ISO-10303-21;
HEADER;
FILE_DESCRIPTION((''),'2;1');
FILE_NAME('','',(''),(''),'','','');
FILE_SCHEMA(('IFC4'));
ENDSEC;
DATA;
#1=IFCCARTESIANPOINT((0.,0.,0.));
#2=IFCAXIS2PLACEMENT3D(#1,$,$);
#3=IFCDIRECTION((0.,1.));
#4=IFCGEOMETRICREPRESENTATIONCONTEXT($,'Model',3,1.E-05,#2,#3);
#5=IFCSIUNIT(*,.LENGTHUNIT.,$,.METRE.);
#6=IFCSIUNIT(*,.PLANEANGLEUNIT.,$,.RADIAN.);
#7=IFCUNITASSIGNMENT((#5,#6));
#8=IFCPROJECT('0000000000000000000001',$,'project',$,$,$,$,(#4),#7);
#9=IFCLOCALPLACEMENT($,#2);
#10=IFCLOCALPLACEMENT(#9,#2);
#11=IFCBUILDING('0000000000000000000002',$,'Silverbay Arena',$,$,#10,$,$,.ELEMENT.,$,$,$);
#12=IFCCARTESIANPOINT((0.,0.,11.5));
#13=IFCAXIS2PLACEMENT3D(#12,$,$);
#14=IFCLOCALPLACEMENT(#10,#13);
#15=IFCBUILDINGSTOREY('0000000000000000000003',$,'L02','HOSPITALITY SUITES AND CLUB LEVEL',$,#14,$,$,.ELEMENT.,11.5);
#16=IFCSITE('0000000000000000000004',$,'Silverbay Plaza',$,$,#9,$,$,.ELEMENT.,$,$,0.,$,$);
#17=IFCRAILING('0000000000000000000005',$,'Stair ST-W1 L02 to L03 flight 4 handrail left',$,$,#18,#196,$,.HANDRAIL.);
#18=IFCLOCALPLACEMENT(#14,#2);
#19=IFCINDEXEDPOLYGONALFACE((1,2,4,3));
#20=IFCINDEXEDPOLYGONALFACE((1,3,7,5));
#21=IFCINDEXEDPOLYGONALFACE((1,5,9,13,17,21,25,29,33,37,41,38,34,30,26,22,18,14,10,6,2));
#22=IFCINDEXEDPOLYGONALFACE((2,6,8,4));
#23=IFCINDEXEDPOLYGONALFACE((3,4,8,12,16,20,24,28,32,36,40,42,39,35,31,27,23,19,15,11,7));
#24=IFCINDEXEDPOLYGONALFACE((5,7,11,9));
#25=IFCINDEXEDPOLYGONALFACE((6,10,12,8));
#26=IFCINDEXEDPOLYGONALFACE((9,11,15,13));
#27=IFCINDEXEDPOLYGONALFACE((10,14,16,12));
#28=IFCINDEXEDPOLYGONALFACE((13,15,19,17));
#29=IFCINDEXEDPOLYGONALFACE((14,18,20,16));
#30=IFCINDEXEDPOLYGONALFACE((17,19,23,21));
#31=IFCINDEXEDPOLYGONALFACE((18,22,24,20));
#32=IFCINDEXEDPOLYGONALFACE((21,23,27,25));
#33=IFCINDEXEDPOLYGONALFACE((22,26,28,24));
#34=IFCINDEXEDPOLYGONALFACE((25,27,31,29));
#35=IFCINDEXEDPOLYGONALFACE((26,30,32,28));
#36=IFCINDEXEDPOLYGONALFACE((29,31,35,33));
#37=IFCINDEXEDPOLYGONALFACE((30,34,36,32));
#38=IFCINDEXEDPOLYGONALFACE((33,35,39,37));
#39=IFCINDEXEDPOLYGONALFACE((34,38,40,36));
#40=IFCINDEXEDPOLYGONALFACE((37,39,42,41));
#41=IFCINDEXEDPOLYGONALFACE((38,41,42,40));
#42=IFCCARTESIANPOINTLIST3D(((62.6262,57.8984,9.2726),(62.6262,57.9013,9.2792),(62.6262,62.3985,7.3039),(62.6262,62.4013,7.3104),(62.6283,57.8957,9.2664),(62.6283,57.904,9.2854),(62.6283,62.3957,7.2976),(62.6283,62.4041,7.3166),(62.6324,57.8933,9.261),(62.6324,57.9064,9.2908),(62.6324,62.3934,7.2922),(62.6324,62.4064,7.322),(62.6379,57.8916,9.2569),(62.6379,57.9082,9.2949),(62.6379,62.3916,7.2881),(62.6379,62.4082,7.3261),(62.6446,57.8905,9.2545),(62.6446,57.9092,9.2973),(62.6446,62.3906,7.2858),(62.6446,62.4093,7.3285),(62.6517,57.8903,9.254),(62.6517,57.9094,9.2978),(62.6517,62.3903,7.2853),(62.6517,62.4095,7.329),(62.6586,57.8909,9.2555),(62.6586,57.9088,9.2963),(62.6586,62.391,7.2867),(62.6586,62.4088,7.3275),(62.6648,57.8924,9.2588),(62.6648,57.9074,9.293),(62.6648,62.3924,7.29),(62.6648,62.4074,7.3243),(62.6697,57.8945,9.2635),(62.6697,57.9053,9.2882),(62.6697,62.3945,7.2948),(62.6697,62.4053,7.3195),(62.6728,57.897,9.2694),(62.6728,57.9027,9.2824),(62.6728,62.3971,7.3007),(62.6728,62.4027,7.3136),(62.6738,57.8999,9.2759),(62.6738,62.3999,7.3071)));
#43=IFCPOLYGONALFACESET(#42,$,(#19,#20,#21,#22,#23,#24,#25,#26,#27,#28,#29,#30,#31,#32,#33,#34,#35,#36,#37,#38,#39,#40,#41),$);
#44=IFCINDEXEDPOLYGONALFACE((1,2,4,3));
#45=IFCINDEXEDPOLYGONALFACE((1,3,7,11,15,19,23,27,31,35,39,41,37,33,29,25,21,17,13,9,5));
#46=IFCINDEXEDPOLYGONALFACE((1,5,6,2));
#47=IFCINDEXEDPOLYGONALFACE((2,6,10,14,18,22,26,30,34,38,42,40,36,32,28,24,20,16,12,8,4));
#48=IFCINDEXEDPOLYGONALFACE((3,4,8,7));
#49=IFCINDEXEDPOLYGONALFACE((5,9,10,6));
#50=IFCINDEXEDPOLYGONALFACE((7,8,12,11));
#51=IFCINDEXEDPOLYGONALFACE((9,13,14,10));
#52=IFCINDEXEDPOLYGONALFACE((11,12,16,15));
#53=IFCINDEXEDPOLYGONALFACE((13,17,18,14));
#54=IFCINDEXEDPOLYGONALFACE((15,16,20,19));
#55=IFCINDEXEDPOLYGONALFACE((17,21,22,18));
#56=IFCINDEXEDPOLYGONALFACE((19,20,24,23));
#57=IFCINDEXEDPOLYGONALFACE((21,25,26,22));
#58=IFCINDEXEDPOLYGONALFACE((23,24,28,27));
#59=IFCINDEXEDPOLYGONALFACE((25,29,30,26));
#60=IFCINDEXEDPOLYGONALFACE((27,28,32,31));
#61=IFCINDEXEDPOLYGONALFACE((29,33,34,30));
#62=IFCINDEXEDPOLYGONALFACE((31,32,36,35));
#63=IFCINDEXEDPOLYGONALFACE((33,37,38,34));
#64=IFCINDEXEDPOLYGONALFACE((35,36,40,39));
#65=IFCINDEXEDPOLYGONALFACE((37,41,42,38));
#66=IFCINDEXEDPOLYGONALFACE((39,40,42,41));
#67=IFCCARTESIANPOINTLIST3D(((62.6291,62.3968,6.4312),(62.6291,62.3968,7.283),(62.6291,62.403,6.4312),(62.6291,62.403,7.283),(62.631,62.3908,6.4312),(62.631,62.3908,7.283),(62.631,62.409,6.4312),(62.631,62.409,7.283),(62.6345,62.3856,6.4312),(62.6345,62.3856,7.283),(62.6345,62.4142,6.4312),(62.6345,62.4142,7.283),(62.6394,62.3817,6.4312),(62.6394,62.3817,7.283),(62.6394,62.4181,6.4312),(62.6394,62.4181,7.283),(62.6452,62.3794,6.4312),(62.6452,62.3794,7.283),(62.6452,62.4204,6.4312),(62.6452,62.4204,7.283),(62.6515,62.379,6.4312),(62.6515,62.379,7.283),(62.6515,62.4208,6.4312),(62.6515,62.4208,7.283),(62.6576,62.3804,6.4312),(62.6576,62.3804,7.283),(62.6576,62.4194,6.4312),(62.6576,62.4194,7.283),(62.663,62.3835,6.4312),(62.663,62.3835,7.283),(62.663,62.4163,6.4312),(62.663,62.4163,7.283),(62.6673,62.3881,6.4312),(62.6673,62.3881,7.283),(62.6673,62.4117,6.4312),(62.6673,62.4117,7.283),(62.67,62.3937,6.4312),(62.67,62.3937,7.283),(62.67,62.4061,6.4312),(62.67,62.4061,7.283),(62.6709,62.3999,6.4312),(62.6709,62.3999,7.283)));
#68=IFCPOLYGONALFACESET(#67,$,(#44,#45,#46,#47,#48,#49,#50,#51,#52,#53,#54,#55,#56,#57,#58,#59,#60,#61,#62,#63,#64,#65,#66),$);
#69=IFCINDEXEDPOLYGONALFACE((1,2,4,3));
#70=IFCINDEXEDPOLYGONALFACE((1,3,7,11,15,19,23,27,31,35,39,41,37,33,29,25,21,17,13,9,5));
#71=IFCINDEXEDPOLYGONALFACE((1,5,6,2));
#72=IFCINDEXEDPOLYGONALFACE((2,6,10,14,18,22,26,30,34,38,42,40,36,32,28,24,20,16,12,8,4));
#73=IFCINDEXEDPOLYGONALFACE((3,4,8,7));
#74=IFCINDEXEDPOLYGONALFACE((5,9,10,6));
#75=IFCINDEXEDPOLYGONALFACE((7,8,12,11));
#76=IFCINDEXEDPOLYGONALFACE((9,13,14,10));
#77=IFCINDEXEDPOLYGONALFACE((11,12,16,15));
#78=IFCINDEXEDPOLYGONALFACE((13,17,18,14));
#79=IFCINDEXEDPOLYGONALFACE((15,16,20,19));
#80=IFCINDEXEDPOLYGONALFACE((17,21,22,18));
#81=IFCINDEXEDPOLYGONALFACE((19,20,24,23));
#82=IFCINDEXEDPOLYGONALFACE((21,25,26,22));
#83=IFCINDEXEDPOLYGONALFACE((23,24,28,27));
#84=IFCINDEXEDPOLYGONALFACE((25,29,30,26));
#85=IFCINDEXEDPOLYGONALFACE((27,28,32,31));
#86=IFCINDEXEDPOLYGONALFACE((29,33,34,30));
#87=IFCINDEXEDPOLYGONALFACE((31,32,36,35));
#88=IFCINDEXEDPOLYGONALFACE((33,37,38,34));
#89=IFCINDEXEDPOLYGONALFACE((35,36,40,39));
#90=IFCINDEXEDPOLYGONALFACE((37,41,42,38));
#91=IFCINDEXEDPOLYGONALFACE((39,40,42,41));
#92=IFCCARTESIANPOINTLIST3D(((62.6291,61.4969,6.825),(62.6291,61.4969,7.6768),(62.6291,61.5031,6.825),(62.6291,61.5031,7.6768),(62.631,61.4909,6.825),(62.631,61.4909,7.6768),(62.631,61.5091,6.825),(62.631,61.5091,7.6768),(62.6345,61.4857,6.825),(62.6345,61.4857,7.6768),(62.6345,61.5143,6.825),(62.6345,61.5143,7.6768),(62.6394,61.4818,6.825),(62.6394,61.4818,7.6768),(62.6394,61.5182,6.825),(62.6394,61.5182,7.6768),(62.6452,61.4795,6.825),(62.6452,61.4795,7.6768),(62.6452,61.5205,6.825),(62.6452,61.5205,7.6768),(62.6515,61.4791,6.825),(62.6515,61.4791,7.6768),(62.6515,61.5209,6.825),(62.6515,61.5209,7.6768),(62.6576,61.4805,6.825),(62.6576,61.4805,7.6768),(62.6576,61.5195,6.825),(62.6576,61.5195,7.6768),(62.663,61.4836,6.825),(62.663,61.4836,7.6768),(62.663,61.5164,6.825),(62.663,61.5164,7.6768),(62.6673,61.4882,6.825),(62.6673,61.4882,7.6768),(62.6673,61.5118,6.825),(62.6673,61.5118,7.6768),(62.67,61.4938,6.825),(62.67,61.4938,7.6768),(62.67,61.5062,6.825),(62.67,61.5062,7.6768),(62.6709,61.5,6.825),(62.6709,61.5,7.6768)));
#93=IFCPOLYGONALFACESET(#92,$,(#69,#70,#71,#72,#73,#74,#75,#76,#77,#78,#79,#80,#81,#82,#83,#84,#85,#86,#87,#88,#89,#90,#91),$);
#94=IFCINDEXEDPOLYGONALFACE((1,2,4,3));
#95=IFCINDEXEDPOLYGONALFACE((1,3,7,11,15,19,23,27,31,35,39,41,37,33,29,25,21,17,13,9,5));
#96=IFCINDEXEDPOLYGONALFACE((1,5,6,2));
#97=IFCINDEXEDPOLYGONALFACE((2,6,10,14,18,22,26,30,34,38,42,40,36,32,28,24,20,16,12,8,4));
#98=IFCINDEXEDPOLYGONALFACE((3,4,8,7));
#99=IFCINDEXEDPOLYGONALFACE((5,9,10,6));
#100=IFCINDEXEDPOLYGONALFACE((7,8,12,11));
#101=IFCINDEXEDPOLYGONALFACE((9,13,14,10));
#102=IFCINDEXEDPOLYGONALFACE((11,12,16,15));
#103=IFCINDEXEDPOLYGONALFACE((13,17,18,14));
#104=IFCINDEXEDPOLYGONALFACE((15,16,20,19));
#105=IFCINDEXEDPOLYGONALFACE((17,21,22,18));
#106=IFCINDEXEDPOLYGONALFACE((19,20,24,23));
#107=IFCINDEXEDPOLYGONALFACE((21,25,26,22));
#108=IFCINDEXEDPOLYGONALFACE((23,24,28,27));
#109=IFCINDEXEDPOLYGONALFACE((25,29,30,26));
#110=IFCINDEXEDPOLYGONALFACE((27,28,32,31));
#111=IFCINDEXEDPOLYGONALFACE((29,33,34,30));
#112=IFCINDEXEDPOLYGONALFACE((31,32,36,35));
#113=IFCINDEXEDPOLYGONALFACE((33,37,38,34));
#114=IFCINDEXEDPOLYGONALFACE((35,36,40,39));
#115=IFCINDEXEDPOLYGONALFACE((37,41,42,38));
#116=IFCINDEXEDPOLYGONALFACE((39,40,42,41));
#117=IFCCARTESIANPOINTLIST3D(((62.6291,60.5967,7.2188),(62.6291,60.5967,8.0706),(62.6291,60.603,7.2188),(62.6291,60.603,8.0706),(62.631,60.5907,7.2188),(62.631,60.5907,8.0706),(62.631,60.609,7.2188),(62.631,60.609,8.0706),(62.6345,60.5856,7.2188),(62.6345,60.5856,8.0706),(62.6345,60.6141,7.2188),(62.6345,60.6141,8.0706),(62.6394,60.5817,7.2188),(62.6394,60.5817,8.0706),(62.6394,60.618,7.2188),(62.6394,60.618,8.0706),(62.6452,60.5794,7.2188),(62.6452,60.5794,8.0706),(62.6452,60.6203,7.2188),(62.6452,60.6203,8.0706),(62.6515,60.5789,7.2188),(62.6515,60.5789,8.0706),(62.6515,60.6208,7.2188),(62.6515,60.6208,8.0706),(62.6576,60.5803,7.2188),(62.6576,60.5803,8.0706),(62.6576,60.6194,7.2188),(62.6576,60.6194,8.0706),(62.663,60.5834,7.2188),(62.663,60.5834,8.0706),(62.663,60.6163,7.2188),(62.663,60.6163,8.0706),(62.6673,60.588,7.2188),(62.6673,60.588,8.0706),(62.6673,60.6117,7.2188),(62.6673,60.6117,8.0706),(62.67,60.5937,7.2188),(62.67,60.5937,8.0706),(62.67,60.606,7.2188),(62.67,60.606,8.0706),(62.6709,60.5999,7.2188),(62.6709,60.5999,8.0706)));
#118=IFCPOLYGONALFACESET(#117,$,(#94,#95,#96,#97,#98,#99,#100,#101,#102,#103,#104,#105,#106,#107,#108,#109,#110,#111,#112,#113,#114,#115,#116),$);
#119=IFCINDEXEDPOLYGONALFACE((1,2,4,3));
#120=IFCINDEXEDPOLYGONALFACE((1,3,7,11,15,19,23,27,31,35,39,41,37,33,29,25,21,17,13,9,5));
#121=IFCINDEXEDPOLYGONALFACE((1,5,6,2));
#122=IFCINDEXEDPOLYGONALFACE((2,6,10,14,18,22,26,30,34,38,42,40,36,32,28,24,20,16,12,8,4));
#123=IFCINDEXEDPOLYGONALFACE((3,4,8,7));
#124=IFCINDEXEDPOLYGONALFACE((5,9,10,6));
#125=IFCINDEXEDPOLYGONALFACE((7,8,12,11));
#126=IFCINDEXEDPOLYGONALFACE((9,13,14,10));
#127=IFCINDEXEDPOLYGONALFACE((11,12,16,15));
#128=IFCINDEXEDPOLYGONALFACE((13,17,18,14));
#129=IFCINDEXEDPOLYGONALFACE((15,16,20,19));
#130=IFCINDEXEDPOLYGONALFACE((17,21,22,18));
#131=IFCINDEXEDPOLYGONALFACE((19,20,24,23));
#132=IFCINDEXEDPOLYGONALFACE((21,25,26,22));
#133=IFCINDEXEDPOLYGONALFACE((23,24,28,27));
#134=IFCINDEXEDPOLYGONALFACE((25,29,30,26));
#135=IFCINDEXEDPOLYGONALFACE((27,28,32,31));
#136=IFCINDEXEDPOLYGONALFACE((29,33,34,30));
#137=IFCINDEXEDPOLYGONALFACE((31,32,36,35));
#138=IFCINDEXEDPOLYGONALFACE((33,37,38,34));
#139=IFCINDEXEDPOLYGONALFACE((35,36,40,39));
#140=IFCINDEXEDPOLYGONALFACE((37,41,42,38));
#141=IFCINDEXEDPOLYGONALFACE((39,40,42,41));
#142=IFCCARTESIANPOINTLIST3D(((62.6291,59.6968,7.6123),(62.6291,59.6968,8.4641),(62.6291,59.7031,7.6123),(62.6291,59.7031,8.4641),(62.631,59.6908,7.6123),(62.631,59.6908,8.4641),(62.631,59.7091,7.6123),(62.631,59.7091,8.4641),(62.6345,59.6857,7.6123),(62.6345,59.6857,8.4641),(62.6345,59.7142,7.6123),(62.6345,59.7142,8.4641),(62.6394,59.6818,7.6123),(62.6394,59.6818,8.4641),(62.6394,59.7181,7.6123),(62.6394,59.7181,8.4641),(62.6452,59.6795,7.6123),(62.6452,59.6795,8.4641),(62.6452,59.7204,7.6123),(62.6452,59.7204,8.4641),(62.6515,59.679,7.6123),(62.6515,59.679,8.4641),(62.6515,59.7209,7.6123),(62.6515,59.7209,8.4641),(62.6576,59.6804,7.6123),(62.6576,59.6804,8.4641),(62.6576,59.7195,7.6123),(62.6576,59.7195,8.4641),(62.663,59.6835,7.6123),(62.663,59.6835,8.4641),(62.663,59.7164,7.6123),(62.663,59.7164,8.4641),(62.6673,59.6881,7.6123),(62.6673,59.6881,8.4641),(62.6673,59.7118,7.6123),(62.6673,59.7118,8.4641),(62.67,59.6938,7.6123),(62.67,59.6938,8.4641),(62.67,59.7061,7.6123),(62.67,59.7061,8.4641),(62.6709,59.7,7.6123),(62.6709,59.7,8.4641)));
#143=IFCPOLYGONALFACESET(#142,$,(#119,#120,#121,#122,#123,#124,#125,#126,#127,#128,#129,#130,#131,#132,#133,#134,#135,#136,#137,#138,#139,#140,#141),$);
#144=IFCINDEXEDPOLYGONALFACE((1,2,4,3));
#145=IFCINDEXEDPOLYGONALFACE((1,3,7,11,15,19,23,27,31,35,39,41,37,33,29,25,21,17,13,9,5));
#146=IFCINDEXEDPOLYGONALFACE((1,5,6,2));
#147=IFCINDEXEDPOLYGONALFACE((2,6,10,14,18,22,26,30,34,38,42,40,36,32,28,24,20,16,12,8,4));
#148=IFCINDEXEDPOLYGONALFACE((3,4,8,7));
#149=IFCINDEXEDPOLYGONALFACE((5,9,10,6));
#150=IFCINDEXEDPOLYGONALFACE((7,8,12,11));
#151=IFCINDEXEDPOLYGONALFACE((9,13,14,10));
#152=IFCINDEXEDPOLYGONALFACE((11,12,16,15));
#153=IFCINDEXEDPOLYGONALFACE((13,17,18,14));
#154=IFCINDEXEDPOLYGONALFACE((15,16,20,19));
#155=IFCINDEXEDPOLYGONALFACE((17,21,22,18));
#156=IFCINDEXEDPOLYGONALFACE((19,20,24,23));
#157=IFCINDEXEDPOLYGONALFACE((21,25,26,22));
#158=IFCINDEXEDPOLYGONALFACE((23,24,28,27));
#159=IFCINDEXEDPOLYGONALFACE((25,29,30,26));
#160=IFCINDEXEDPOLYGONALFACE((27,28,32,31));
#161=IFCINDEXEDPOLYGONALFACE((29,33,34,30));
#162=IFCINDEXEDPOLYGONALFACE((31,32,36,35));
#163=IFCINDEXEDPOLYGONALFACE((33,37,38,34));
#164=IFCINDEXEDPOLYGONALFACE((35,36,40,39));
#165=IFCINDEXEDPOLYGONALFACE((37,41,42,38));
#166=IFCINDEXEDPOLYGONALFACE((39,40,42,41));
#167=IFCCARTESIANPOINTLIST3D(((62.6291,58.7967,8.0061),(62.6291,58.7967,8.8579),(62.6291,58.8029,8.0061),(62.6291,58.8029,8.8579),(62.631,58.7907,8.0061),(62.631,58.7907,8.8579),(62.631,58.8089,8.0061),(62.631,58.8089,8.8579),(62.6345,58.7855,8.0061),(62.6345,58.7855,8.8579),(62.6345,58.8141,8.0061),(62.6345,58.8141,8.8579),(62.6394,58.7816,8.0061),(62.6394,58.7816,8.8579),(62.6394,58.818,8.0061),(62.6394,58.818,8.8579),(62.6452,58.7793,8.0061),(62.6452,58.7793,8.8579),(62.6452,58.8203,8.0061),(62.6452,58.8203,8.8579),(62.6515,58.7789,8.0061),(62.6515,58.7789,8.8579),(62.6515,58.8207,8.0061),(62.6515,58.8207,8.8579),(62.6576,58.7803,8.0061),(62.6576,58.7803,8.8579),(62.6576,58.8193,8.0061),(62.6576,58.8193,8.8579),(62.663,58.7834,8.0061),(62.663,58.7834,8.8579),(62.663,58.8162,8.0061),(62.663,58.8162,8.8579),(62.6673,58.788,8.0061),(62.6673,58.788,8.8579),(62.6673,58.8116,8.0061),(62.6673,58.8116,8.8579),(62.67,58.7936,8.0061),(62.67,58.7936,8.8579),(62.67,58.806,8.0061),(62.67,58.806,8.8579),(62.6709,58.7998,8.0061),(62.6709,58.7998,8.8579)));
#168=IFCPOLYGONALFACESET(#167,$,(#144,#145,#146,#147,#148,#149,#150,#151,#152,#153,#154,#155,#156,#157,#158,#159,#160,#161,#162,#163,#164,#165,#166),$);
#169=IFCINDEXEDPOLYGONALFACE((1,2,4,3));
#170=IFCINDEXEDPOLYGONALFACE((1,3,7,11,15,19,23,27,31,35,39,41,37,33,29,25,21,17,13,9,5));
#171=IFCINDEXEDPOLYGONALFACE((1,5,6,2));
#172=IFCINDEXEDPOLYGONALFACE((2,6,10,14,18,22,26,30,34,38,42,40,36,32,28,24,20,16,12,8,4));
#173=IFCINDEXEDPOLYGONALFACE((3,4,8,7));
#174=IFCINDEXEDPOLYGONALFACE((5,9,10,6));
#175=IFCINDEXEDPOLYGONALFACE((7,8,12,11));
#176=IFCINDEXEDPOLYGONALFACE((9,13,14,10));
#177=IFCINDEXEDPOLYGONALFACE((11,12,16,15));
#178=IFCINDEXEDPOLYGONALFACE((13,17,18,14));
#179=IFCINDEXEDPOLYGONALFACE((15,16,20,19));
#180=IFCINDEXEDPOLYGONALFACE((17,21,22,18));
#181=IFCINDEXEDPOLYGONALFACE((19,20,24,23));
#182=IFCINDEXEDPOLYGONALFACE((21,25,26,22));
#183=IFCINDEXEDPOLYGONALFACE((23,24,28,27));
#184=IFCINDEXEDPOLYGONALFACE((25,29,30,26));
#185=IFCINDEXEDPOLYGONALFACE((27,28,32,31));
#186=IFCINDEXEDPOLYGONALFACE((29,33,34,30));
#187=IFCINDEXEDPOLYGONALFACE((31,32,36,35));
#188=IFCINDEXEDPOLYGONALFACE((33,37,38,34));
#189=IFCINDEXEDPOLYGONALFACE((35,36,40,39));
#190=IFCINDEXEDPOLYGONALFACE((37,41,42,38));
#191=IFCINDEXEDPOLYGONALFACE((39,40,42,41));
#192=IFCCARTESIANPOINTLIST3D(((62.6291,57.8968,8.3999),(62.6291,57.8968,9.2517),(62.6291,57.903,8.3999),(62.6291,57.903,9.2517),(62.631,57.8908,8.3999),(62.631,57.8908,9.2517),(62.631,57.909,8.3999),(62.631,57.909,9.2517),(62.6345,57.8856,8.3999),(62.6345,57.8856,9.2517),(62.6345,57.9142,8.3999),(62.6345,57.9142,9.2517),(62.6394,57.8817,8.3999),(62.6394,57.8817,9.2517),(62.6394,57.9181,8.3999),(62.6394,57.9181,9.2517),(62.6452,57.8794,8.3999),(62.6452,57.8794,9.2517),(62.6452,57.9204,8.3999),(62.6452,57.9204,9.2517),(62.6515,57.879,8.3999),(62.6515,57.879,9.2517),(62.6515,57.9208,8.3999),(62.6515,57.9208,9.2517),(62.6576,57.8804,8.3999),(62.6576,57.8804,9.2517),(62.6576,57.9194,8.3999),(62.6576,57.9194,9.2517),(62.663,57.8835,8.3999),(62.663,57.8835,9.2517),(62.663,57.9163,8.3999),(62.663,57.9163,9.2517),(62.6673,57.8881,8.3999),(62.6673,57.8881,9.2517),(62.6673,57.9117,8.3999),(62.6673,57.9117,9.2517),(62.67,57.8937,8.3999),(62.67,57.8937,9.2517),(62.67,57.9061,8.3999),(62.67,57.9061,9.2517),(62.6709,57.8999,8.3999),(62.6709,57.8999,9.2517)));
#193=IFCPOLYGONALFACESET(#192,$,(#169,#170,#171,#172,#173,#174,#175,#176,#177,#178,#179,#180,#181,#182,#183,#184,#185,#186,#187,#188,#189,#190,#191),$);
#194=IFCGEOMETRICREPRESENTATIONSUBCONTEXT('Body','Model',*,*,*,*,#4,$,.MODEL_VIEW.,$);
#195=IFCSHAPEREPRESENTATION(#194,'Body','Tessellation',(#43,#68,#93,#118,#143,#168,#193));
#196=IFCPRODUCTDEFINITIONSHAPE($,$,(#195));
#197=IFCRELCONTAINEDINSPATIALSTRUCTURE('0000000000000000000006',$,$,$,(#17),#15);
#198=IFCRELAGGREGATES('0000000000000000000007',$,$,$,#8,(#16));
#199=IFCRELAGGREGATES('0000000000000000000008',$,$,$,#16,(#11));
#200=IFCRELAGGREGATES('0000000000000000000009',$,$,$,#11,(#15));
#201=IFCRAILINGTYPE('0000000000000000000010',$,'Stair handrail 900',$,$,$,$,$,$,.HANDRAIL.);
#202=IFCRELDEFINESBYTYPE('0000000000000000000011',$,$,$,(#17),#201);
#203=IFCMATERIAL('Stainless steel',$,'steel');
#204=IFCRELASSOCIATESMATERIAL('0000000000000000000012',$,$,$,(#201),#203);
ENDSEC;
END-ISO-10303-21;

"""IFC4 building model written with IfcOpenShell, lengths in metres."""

from ifc_helpers import new_model, si_unit, direction, frame, origin, origin_2d, place, context, subcontext, project, spatial, circle, extrude, material, type_object, element, save


model = new_model("IFC4")

# Units and contexts
model_context = context("Model", 3, precision=1e-05, world=origin(), true_north=direction((0.0, 1.0)))
body_context = subcontext(model_context, "Body", "Model", "MODEL_VIEW")
ifc_project = project(units=[si_unit("LENGTHUNIT", "METRE"), si_unit("PLANEANGLEUNIT", "RADIAN")], contexts=[model_context])

# Site, building, storey
site_placement = place(None, origin())
site = spatial("IfcSite", under=ifc_project, at=site_placement, Name="Silverbay Plaza", CompositionType="ELEMENT", RefElevation=0.0)
building_placement = place(site_placement, origin())
building = spatial("IfcBuilding", under=site, at=building_placement, Name="Silverbay Arena", CompositionType="ELEMENT")
storey_placement = place(building_placement, frame((0.0, 0.0, 11.5)))
storey = spatial("IfcBuildingStorey", under=building, at=storey_placement, Name="L02", Description="HOSPITALITY SUITES AND CLUB LEVEL", CompositionType="ELEMENT", Elevation=11.5)

# Railing
ifc_material_1 = material(Name="Stainless steel", Category="steel")
railing_type_1 = type_object("IfcRailingType", Name="Stair handrail 900", PredefinedType="HANDRAIL", material=ifc_material_1)
for number, where, name in (
    (1, (62.6499, 62.3999, 6.4312), "Stair ST-W1 L02 to L03 flight 4 handrail left"),
):
    element("IfcRailing", number, at=place(storey_placement, frame(where)), inside=storey, type_object=railing_type_1, Name=name, PredefinedType="HANDRAIL", context=body_context, shape_type="SweptSolid", body=[
        extrude(circle(Radius=0.0239, at=origin_2d()), frame((0.0, 0.0, 0.876), z_axis=(0.0, -0.916157, 0.400819), x_axis=(1.0, 0.0, 0.0)), (0.0, 0.0, 1.0), 4.9119),
        extrude(circle(Radius=0.021, at=origin_2d()), origin(), (0.0, 0.0, 1.0), 0.8518),
        extrude(circle(Radius=0.021, at=origin_2d()), frame((0.0, -0.8999, 0.3938)), (0.0, 0.0, 1.0), 0.8518),
        extrude(circle(Radius=0.021, at=origin_2d()), frame((0.0, -1.8, 0.7876)), (0.0, 0.0, 1.0), 0.8518),
        extrude(circle(Radius=0.021, at=origin_2d()), frame((0.0, -2.7, 1.1812)), (0.0, 0.0, 1.0), 0.8518),
        extrude(circle(Radius=0.021, at=origin_2d()), frame((0.0, -3.6001, 1.575)), (0.0, 0.0, 1.0), 0.8518),
        extrude(circle(Radius=0.021, at=origin_2d()), frame((0.0, -4.5, 1.9688)), (0.0, 0.0, 1.0), 0.8518),
    ])

save(model, "model.ifc")
